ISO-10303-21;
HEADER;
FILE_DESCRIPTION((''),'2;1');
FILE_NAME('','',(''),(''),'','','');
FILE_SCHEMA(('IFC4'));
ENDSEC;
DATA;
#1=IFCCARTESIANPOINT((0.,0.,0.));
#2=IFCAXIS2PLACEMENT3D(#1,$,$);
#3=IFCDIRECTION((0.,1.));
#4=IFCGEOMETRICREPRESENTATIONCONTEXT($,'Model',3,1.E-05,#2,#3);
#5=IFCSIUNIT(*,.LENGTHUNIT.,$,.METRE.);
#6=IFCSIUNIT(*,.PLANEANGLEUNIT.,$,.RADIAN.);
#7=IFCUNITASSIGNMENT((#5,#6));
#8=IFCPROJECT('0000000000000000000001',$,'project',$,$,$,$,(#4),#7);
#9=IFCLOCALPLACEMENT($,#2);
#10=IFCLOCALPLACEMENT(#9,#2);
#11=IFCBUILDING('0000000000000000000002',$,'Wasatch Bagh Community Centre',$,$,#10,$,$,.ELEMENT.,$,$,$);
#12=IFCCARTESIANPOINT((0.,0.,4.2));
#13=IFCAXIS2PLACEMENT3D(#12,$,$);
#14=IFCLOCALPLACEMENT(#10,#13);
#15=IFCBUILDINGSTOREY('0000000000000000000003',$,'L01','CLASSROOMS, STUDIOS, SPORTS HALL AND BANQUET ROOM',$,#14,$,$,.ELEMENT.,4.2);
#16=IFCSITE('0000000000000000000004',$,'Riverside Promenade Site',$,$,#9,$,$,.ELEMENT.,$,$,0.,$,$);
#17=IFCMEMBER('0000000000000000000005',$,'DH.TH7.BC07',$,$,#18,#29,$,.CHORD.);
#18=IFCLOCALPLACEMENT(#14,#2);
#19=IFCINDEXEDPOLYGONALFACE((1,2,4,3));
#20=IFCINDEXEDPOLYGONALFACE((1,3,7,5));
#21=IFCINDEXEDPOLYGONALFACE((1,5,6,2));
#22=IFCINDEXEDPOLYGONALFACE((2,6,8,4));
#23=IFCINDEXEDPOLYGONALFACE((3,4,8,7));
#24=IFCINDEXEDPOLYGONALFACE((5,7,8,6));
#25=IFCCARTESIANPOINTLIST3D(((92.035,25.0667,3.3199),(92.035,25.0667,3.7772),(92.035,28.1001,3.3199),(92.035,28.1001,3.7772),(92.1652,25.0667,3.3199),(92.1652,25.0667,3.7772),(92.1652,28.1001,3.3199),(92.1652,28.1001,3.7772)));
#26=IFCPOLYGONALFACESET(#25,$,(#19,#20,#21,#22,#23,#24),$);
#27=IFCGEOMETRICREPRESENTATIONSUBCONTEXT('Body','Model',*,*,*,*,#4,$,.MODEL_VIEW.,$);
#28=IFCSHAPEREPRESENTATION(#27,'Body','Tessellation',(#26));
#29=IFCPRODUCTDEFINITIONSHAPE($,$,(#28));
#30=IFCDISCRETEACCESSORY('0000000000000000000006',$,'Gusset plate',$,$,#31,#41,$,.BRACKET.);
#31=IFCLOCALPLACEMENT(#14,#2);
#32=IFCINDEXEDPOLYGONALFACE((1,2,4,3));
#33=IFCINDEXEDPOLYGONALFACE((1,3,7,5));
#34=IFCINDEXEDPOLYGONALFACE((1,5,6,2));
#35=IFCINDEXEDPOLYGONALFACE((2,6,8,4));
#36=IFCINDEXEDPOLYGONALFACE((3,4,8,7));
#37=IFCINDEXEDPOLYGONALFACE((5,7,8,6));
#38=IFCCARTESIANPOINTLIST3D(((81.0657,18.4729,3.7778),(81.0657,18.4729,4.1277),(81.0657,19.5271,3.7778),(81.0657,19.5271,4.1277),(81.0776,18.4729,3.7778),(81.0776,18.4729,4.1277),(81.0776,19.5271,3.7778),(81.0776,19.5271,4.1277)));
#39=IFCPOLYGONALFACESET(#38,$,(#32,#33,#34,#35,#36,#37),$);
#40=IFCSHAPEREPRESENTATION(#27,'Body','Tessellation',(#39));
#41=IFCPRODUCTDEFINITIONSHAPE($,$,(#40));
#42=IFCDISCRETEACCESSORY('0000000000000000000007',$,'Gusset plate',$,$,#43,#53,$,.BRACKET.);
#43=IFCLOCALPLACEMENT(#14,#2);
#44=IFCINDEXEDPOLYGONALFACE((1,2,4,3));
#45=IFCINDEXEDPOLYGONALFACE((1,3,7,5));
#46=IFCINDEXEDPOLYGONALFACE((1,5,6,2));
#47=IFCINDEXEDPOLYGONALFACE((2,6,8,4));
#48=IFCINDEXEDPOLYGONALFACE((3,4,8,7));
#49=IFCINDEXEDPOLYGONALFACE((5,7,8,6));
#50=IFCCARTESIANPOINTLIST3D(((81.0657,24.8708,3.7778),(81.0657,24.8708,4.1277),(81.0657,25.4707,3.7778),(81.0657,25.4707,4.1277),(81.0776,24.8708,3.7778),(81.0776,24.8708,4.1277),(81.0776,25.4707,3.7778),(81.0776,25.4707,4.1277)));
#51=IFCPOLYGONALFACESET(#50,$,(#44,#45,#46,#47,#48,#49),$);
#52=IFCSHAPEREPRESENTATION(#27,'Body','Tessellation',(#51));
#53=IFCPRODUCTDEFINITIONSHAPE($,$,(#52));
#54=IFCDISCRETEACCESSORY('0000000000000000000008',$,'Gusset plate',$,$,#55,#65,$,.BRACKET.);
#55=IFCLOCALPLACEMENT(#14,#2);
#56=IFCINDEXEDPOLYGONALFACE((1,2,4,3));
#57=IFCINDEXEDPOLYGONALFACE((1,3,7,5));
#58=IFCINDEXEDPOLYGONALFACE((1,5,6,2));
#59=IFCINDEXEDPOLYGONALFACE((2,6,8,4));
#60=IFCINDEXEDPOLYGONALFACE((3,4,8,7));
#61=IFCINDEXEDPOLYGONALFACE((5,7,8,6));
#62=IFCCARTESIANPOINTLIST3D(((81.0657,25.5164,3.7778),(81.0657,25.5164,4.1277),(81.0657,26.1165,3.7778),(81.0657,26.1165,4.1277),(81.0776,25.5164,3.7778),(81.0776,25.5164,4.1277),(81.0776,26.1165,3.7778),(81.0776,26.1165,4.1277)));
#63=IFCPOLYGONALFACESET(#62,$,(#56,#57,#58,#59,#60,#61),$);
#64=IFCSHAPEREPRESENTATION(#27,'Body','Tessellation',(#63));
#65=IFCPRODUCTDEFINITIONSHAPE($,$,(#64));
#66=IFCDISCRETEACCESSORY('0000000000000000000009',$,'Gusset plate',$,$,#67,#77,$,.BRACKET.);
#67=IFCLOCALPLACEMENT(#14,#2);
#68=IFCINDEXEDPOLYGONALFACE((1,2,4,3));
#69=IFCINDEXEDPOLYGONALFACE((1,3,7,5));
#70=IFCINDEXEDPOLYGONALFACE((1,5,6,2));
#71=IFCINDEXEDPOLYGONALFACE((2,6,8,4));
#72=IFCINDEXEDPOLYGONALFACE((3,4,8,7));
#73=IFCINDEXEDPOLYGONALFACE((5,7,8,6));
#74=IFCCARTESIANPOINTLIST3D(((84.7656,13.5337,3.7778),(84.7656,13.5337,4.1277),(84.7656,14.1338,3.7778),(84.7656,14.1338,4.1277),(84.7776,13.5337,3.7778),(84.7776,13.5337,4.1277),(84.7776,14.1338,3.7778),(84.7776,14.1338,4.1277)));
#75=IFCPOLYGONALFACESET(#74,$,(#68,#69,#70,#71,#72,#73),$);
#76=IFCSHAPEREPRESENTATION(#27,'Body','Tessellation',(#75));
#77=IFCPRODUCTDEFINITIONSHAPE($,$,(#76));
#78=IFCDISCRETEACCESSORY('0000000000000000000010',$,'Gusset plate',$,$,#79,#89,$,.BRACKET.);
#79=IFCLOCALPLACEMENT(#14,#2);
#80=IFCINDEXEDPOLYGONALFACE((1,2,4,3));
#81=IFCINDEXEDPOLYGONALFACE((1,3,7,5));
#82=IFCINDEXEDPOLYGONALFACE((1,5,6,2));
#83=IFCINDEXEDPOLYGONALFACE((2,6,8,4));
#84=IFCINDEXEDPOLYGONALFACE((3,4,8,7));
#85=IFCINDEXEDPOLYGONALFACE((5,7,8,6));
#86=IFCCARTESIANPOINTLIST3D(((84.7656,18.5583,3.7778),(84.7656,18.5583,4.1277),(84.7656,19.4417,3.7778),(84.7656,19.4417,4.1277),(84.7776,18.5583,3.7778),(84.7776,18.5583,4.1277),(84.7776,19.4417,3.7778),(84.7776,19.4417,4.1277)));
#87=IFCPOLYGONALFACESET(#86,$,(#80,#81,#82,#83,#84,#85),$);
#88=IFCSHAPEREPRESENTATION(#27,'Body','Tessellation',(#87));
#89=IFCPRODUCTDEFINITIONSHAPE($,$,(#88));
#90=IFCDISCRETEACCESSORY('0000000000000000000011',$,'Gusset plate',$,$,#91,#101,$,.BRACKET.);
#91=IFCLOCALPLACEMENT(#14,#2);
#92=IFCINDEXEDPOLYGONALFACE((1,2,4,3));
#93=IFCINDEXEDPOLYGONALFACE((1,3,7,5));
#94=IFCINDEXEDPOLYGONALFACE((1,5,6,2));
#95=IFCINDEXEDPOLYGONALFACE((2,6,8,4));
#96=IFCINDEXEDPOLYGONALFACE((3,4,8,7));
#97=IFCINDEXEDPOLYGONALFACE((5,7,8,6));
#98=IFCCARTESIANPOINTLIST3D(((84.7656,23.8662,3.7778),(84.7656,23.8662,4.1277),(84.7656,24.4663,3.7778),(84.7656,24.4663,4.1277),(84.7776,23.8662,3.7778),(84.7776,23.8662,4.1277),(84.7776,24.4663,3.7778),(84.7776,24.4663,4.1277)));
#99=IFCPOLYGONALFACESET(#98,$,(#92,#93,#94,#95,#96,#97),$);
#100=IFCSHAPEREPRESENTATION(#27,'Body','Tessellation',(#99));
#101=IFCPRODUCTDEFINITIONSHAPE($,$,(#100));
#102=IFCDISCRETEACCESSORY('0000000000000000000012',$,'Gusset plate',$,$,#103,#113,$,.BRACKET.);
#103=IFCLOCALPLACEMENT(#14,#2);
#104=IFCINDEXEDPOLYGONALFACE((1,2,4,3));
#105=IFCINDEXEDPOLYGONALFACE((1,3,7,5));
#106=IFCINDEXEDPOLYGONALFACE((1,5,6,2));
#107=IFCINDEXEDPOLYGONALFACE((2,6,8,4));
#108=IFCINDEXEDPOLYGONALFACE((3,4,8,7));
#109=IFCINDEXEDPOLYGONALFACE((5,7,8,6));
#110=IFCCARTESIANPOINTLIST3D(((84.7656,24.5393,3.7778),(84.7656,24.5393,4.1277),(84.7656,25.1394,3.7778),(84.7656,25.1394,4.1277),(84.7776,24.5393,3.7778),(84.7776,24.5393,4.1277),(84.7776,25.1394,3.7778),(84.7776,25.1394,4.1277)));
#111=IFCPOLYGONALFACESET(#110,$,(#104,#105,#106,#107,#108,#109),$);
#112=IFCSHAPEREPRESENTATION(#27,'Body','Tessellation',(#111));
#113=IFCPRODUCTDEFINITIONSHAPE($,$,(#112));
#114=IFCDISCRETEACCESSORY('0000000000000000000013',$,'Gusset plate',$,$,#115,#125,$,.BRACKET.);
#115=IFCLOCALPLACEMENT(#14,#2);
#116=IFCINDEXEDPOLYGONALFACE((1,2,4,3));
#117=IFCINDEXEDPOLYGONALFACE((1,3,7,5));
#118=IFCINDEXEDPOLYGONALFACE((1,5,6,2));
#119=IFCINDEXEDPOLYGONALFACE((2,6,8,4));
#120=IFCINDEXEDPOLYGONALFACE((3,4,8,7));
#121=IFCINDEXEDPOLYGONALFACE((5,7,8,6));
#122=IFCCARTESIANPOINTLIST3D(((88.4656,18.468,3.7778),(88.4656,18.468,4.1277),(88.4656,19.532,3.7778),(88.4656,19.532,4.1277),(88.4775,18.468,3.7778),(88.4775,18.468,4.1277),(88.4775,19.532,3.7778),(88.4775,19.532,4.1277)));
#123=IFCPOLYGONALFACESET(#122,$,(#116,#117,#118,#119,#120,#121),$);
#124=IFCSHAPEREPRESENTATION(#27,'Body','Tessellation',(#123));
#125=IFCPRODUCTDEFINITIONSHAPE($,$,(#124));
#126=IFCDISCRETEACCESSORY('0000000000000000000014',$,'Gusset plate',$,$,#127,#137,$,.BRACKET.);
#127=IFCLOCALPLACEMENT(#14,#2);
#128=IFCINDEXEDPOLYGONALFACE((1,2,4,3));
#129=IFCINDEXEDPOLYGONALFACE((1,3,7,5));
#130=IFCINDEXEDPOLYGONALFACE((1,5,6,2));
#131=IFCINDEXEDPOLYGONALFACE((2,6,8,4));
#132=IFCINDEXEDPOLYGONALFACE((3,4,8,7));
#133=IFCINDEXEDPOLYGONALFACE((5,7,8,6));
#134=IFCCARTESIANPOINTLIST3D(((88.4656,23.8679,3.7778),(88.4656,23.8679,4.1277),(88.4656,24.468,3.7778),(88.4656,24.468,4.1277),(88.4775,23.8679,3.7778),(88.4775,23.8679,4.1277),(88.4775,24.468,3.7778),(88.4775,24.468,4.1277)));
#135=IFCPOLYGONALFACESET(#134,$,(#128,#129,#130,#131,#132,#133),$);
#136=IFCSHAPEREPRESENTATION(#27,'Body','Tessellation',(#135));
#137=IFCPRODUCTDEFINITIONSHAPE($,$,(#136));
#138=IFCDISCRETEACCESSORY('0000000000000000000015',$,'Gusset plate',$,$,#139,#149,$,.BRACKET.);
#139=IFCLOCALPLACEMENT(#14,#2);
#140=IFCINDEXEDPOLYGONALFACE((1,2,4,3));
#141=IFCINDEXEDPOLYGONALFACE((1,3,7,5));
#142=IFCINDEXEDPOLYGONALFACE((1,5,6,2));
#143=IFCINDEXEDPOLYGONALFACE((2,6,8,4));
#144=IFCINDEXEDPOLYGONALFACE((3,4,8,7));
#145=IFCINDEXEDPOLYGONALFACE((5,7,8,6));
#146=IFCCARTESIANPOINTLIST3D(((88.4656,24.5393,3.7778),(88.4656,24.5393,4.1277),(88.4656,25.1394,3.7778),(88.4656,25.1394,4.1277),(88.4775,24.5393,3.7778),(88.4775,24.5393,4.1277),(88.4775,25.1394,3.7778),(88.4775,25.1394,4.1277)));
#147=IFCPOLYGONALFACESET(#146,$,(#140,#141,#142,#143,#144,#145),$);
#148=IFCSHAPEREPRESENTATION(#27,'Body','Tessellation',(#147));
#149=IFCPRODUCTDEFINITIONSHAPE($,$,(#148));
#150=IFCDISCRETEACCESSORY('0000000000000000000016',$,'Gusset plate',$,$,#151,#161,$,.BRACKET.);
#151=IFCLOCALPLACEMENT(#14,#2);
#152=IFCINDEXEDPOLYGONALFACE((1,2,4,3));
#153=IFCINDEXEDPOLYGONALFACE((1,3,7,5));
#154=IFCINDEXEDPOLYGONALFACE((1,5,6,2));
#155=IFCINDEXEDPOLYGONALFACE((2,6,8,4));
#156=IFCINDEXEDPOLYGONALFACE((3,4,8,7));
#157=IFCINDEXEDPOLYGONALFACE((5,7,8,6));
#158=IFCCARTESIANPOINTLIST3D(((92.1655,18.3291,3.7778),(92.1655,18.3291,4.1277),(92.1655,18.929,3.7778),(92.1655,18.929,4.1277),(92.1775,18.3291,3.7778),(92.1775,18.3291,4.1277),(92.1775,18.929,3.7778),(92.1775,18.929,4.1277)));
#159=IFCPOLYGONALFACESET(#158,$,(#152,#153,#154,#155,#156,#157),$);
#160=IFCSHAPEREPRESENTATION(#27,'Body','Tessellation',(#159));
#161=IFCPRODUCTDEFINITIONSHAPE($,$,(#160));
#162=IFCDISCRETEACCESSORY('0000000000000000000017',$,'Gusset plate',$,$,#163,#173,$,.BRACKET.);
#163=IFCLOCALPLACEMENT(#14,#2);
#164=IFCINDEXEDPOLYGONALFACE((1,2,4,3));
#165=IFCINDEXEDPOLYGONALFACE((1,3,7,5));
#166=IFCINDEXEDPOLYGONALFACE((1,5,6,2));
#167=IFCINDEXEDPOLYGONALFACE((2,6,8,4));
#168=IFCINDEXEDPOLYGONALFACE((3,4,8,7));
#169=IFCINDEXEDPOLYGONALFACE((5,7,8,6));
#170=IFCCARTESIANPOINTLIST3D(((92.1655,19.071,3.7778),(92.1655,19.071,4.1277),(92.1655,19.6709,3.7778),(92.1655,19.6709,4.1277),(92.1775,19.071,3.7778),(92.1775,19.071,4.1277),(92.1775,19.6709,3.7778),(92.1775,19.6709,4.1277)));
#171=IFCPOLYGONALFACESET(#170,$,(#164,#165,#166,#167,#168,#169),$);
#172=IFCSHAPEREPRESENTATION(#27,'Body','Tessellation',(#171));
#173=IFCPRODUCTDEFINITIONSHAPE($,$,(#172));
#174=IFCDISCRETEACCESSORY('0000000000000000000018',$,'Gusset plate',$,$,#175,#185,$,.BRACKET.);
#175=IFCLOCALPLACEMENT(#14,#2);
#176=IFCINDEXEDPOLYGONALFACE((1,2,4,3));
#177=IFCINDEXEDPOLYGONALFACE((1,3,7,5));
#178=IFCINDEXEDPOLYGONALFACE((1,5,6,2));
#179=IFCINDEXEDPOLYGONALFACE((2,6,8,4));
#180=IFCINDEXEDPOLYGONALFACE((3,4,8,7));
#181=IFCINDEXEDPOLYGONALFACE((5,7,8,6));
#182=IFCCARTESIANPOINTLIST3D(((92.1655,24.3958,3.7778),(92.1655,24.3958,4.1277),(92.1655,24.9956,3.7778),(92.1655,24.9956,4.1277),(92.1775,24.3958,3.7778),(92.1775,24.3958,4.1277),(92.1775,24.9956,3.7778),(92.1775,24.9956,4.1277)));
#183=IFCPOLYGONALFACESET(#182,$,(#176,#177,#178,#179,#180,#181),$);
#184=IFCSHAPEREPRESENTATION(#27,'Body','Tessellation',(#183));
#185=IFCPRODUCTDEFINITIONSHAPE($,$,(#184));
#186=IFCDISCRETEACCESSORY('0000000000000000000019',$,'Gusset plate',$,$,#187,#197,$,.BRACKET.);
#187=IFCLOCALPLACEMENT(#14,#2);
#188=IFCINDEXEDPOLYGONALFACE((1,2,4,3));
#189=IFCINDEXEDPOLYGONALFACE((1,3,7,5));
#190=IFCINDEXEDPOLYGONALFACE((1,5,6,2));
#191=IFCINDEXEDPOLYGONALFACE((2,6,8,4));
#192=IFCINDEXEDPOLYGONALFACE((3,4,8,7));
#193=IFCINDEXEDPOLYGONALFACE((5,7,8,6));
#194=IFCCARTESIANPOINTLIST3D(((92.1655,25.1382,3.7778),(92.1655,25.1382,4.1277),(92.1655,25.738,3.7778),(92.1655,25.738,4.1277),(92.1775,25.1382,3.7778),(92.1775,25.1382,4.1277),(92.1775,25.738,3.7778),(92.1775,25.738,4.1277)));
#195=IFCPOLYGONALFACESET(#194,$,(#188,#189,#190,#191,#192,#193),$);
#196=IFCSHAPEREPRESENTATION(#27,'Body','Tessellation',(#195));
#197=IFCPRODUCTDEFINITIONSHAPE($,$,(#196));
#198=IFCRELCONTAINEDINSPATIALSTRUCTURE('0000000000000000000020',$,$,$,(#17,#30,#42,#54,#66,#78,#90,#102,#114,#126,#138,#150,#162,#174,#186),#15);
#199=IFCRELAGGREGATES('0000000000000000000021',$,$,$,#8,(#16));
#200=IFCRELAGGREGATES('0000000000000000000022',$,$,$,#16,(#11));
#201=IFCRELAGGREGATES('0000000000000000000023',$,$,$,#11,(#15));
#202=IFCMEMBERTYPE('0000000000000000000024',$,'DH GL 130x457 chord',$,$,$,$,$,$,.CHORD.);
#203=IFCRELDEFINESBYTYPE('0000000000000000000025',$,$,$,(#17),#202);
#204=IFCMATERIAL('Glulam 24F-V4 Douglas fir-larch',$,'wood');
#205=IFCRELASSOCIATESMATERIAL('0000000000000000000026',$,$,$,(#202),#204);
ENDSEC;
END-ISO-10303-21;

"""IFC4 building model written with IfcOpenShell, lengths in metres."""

from ifc_helpers import new_model, si_unit, direction, frame, origin, origin_2d, place, context, subcontext, project, spatial, polyline, rectangle, outline, extrude, material, material_profile, profile_set, type_object, element, save


model = new_model("IFC4")

# Units and contexts
model_context = context("Model", 3, precision=1e-05, world=origin(), true_north=direction((0.0, 1.0)))
body_context = subcontext(model_context, "Body", "Model", "MODEL_VIEW")
ifc_project = project(units=[si_unit("LENGTHUNIT", "METRE"), si_unit("PLANEANGLEUNIT", "RADIAN")], contexts=[model_context])

# Site, building, storey
site_placement = place(None, origin())
site = spatial("IfcSite", under=ifc_project, at=site_placement, Name="Riverside Promenade Site", CompositionType="ELEMENT", RefElevation=0.0)
building_placement = place(site_placement, origin())
building = spatial("IfcBuilding", under=site, at=building_placement, Name="Wasatch Bagh Community Centre", CompositionType="ELEMENT")
storey_placement = place(building_placement, frame((0.0, 0.0, 4.2)))
storey = spatial("IfcBuildingStorey", under=building, at=storey_placement, Name="L01", Description="CLASSROOMS, STUDIOS, SPORTS HALL AND BANQUET ROOM", CompositionType="ELEMENT", Elevation=4.2)

# Member
ifc_material_1 = material(Name="Glulam 24F-V4 Douglas fir-larch", Category="wood")
ifc_material_profile_1 = material_profile(ifc_material_1, rectangle(XDim=0.1301, YDim=0.4573, at=origin_2d()), Name="GL 130x457")
ifc_profile_set_1 = profile_set([ifc_material_profile_1], Name="Glulam 24F-V4 Douglas fir-larch")
member_type = type_object("IfcMemberType", Name="DH GL 130x457 chord", PredefinedType="CHORD", material=ifc_profile_set_1)
member_1_placement = place(storey_placement, frame((92.1001, 25.0667, 3.5486), z_axis=(0.0, 1.0, 0.0), x_axis=(-1.0, 0.0, 0.0)))
element("IfcMember", 1, at=member_1_placement, inside=storey, type_object=member_type, Name="DH.TH7.BC07", PredefinedType="CHORD", context=body_context, shape_type="SweptSolid", body=[
    extrude(rectangle(XDim=0.1301, YDim=0.4573, at=origin_2d()), origin(), (0.0, 0.0, 1.0), 3.0334),
])

# Discrete accessories
discrete_accessory_1_placement = place(storey_placement, frame((81.0776, 18.4729, 3.7778), z_axis=(1.0, 0.0, 0.0), x_axis=(0.0, 1.0, 0.0)))
element("IfcDiscreteAccessory", 2, at=discrete_accessory_1_placement, inside=storey, Name="Gusset plate", PredefinedType="BRACKET", context=body_context, shape_type="SweptSolid", body=[
    extrude(outline(polyline([(0.0, 0.0), (1.0542, 0.0), (1.0542, 0.3499), (0.0, 0.3499), (0.0, 0.0)])), origin(), (0.0, 0.0, -1.0), 0.012),
])
discrete_accessory_2_placement = place(storey_placement, frame((81.0776, 24.8708, 3.7778), z_axis=(1.0, 0.0, 0.0), x_axis=(0.0, 1.0, 0.0)))
element("IfcDiscreteAccessory", 3, at=discrete_accessory_2_placement, inside=storey, Name="Gusset plate", PredefinedType="BRACKET", context=body_context, shape_type="SweptSolid", body=[
    extrude(outline(polyline([(0.0, 0.0), (0.5999, 0.0), (0.5999, 0.3499), (0.0, 0.3499), (0.0, 0.0)])), origin(), (0.0, 0.0, -1.0), 0.012),
])
for number, where, z_axis, x_axis, name in (
    (4, (81.0776, 25.5164, 3.7778), (1.0, 0.0, 0.0), (0.0, 1.0, 0.0), "Gusset plate"),
    (5, (84.7776, 13.5337, 3.7778), (1.0, 0.0, 0.0), (0.0, 1.0, 0.0), "Gusset plate"),
):
    element("IfcDiscreteAccessory", number, at=place(storey_placement, frame(where, z_axis=z_axis, x_axis=x_axis)), inside=storey, Name=name, PredefinedType="BRACKET", context=body_context, shape_type="SweptSolid", body=[
        extrude(outline(polyline([(0.0, 0.0), (0.6001, 0.0), (0.6001, 0.3499), (0.0, 0.3499), (0.0, 0.0)])), origin(), (0.0, 0.0, -1.0), 0.012),
    ])
discrete_accessory_3_placement = place(storey_placement, frame((84.7776, 18.5583, 3.7778), z_axis=(1.0, 0.0, 0.0), x_axis=(0.0, 1.0, 0.0)))
element("IfcDiscreteAccessory", 6, at=discrete_accessory_3_placement, inside=storey, Name="Gusset plate", PredefinedType="BRACKET", context=body_context, shape_type="SweptSolid", body=[
    extrude(outline(polyline([(0.0, 0.0), (0.8833, 0.0), (0.8833, 0.3499), (0.0, 0.3499), (0.0, 0.0)])), origin(), (0.0, 0.0, -1.0), 0.012),
])
for number, where, z_axis, x_axis, name in (
    (7, (84.7776, 23.8662, 3.7778), (1.0, 0.0, 0.0), (0.0, 1.0, 0.0), "Gusset plate"),
    (8, (84.7776, 24.5393, 3.7778), (1.0, 0.0, 0.0), (0.0, 1.0, 0.0), "Gusset plate"),
):
    element("IfcDiscreteAccessory", number, at=place(storey_placement, frame(where, z_axis=z_axis, x_axis=x_axis)), inside=storey, Name=name, PredefinedType="BRACKET", context=body_context, shape_type="SweptSolid", body=[
        extrude(outline(polyline([(0.0, 0.0), (0.6001, 0.0), (0.6001, 0.3499), (0.0, 0.3499), (0.0, 0.0)])), origin(), (0.0, 0.0, -1.0), 0.012),
    ])
discrete_accessory_4_placement = place(storey_placement, frame((88.4775, 18.468, 3.7778), z_axis=(1.0, 0.0, 0.0), x_axis=(0.0, 1.0, 0.0)))
element("IfcDiscreteAccessory", 9, at=discrete_accessory_4_placement, inside=storey, Name="Gusset plate", PredefinedType="BRACKET", context=body_context, shape_type="SweptSolid", body=[
    extrude(outline(polyline([(0.0, 0.0), (1.064, 0.0), (1.064, 0.3499), (0.0, 0.3499), (0.0, 0.0)])), origin(), (0.0, 0.0, -1.0), 0.012),
])
for number, where, z_axis, x_axis, name in (
    (10, (88.4775, 23.8679, 3.7778), (1.0, 0.0, 0.0), (0.0, 1.0, 0.0), "Gusset plate"),
    (11, (88.4775, 24.5393, 3.7778), (1.0, 0.0, 0.0), (0.0, 1.0, 0.0), "Gusset plate"),
):
    element("IfcDiscreteAccessory", number, at=place(storey_placement, frame(where, z_axis=z_axis, x_axis=x_axis)), inside=storey, Name=name, PredefinedType="BRACKET", context=body_context, shape_type="SweptSolid", body=[
        extrude(outline(polyline([(0.0, 0.0), (0.6001, 0.0), (0.6001, 0.3499), (0.0, 0.3499), (0.0, 0.0)])), origin(), (0.0, 0.0, -1.0), 0.012),
    ])
for number, where, z_axis, x_axis, name in (
    (12, (92.1775, 18.3291, 3.7778), (1.0, 0.0, 0.0), (0.0, 1.0, 0.0), "Gusset plate"),
    (13, (92.1775, 19.071, 3.7778), (1.0, 0.0, 0.0), (0.0, 1.0, 0.0), "Gusset plate"),
    (14, (92.1775, 24.3958, 3.7778), (1.0, 0.0, 0.0), (0.0, 1.0, 0.0), "Gusset plate"),
    (15, (92.1775, 25.1382, 3.7778), (1.0, 0.0, 0.0), (0.0, 1.0, 0.0), "Gusset plate"),
):
    element("IfcDiscreteAccessory", number, at=place(storey_placement, frame(where, z_axis=z_axis, x_axis=x_axis)), inside=storey, Name=name, PredefinedType="BRACKET", context=body_context, shape_type="SweptSolid", body=[
        extrude(outline(polyline([(0.0, 0.0), (0.5999, 0.0), (0.5999, 0.3499), (0.0, 0.3499), (0.0, 0.0)])), origin(), (0.0, 0.0, -1.0), 0.012),
    ])

save(model, "model.ifc")
